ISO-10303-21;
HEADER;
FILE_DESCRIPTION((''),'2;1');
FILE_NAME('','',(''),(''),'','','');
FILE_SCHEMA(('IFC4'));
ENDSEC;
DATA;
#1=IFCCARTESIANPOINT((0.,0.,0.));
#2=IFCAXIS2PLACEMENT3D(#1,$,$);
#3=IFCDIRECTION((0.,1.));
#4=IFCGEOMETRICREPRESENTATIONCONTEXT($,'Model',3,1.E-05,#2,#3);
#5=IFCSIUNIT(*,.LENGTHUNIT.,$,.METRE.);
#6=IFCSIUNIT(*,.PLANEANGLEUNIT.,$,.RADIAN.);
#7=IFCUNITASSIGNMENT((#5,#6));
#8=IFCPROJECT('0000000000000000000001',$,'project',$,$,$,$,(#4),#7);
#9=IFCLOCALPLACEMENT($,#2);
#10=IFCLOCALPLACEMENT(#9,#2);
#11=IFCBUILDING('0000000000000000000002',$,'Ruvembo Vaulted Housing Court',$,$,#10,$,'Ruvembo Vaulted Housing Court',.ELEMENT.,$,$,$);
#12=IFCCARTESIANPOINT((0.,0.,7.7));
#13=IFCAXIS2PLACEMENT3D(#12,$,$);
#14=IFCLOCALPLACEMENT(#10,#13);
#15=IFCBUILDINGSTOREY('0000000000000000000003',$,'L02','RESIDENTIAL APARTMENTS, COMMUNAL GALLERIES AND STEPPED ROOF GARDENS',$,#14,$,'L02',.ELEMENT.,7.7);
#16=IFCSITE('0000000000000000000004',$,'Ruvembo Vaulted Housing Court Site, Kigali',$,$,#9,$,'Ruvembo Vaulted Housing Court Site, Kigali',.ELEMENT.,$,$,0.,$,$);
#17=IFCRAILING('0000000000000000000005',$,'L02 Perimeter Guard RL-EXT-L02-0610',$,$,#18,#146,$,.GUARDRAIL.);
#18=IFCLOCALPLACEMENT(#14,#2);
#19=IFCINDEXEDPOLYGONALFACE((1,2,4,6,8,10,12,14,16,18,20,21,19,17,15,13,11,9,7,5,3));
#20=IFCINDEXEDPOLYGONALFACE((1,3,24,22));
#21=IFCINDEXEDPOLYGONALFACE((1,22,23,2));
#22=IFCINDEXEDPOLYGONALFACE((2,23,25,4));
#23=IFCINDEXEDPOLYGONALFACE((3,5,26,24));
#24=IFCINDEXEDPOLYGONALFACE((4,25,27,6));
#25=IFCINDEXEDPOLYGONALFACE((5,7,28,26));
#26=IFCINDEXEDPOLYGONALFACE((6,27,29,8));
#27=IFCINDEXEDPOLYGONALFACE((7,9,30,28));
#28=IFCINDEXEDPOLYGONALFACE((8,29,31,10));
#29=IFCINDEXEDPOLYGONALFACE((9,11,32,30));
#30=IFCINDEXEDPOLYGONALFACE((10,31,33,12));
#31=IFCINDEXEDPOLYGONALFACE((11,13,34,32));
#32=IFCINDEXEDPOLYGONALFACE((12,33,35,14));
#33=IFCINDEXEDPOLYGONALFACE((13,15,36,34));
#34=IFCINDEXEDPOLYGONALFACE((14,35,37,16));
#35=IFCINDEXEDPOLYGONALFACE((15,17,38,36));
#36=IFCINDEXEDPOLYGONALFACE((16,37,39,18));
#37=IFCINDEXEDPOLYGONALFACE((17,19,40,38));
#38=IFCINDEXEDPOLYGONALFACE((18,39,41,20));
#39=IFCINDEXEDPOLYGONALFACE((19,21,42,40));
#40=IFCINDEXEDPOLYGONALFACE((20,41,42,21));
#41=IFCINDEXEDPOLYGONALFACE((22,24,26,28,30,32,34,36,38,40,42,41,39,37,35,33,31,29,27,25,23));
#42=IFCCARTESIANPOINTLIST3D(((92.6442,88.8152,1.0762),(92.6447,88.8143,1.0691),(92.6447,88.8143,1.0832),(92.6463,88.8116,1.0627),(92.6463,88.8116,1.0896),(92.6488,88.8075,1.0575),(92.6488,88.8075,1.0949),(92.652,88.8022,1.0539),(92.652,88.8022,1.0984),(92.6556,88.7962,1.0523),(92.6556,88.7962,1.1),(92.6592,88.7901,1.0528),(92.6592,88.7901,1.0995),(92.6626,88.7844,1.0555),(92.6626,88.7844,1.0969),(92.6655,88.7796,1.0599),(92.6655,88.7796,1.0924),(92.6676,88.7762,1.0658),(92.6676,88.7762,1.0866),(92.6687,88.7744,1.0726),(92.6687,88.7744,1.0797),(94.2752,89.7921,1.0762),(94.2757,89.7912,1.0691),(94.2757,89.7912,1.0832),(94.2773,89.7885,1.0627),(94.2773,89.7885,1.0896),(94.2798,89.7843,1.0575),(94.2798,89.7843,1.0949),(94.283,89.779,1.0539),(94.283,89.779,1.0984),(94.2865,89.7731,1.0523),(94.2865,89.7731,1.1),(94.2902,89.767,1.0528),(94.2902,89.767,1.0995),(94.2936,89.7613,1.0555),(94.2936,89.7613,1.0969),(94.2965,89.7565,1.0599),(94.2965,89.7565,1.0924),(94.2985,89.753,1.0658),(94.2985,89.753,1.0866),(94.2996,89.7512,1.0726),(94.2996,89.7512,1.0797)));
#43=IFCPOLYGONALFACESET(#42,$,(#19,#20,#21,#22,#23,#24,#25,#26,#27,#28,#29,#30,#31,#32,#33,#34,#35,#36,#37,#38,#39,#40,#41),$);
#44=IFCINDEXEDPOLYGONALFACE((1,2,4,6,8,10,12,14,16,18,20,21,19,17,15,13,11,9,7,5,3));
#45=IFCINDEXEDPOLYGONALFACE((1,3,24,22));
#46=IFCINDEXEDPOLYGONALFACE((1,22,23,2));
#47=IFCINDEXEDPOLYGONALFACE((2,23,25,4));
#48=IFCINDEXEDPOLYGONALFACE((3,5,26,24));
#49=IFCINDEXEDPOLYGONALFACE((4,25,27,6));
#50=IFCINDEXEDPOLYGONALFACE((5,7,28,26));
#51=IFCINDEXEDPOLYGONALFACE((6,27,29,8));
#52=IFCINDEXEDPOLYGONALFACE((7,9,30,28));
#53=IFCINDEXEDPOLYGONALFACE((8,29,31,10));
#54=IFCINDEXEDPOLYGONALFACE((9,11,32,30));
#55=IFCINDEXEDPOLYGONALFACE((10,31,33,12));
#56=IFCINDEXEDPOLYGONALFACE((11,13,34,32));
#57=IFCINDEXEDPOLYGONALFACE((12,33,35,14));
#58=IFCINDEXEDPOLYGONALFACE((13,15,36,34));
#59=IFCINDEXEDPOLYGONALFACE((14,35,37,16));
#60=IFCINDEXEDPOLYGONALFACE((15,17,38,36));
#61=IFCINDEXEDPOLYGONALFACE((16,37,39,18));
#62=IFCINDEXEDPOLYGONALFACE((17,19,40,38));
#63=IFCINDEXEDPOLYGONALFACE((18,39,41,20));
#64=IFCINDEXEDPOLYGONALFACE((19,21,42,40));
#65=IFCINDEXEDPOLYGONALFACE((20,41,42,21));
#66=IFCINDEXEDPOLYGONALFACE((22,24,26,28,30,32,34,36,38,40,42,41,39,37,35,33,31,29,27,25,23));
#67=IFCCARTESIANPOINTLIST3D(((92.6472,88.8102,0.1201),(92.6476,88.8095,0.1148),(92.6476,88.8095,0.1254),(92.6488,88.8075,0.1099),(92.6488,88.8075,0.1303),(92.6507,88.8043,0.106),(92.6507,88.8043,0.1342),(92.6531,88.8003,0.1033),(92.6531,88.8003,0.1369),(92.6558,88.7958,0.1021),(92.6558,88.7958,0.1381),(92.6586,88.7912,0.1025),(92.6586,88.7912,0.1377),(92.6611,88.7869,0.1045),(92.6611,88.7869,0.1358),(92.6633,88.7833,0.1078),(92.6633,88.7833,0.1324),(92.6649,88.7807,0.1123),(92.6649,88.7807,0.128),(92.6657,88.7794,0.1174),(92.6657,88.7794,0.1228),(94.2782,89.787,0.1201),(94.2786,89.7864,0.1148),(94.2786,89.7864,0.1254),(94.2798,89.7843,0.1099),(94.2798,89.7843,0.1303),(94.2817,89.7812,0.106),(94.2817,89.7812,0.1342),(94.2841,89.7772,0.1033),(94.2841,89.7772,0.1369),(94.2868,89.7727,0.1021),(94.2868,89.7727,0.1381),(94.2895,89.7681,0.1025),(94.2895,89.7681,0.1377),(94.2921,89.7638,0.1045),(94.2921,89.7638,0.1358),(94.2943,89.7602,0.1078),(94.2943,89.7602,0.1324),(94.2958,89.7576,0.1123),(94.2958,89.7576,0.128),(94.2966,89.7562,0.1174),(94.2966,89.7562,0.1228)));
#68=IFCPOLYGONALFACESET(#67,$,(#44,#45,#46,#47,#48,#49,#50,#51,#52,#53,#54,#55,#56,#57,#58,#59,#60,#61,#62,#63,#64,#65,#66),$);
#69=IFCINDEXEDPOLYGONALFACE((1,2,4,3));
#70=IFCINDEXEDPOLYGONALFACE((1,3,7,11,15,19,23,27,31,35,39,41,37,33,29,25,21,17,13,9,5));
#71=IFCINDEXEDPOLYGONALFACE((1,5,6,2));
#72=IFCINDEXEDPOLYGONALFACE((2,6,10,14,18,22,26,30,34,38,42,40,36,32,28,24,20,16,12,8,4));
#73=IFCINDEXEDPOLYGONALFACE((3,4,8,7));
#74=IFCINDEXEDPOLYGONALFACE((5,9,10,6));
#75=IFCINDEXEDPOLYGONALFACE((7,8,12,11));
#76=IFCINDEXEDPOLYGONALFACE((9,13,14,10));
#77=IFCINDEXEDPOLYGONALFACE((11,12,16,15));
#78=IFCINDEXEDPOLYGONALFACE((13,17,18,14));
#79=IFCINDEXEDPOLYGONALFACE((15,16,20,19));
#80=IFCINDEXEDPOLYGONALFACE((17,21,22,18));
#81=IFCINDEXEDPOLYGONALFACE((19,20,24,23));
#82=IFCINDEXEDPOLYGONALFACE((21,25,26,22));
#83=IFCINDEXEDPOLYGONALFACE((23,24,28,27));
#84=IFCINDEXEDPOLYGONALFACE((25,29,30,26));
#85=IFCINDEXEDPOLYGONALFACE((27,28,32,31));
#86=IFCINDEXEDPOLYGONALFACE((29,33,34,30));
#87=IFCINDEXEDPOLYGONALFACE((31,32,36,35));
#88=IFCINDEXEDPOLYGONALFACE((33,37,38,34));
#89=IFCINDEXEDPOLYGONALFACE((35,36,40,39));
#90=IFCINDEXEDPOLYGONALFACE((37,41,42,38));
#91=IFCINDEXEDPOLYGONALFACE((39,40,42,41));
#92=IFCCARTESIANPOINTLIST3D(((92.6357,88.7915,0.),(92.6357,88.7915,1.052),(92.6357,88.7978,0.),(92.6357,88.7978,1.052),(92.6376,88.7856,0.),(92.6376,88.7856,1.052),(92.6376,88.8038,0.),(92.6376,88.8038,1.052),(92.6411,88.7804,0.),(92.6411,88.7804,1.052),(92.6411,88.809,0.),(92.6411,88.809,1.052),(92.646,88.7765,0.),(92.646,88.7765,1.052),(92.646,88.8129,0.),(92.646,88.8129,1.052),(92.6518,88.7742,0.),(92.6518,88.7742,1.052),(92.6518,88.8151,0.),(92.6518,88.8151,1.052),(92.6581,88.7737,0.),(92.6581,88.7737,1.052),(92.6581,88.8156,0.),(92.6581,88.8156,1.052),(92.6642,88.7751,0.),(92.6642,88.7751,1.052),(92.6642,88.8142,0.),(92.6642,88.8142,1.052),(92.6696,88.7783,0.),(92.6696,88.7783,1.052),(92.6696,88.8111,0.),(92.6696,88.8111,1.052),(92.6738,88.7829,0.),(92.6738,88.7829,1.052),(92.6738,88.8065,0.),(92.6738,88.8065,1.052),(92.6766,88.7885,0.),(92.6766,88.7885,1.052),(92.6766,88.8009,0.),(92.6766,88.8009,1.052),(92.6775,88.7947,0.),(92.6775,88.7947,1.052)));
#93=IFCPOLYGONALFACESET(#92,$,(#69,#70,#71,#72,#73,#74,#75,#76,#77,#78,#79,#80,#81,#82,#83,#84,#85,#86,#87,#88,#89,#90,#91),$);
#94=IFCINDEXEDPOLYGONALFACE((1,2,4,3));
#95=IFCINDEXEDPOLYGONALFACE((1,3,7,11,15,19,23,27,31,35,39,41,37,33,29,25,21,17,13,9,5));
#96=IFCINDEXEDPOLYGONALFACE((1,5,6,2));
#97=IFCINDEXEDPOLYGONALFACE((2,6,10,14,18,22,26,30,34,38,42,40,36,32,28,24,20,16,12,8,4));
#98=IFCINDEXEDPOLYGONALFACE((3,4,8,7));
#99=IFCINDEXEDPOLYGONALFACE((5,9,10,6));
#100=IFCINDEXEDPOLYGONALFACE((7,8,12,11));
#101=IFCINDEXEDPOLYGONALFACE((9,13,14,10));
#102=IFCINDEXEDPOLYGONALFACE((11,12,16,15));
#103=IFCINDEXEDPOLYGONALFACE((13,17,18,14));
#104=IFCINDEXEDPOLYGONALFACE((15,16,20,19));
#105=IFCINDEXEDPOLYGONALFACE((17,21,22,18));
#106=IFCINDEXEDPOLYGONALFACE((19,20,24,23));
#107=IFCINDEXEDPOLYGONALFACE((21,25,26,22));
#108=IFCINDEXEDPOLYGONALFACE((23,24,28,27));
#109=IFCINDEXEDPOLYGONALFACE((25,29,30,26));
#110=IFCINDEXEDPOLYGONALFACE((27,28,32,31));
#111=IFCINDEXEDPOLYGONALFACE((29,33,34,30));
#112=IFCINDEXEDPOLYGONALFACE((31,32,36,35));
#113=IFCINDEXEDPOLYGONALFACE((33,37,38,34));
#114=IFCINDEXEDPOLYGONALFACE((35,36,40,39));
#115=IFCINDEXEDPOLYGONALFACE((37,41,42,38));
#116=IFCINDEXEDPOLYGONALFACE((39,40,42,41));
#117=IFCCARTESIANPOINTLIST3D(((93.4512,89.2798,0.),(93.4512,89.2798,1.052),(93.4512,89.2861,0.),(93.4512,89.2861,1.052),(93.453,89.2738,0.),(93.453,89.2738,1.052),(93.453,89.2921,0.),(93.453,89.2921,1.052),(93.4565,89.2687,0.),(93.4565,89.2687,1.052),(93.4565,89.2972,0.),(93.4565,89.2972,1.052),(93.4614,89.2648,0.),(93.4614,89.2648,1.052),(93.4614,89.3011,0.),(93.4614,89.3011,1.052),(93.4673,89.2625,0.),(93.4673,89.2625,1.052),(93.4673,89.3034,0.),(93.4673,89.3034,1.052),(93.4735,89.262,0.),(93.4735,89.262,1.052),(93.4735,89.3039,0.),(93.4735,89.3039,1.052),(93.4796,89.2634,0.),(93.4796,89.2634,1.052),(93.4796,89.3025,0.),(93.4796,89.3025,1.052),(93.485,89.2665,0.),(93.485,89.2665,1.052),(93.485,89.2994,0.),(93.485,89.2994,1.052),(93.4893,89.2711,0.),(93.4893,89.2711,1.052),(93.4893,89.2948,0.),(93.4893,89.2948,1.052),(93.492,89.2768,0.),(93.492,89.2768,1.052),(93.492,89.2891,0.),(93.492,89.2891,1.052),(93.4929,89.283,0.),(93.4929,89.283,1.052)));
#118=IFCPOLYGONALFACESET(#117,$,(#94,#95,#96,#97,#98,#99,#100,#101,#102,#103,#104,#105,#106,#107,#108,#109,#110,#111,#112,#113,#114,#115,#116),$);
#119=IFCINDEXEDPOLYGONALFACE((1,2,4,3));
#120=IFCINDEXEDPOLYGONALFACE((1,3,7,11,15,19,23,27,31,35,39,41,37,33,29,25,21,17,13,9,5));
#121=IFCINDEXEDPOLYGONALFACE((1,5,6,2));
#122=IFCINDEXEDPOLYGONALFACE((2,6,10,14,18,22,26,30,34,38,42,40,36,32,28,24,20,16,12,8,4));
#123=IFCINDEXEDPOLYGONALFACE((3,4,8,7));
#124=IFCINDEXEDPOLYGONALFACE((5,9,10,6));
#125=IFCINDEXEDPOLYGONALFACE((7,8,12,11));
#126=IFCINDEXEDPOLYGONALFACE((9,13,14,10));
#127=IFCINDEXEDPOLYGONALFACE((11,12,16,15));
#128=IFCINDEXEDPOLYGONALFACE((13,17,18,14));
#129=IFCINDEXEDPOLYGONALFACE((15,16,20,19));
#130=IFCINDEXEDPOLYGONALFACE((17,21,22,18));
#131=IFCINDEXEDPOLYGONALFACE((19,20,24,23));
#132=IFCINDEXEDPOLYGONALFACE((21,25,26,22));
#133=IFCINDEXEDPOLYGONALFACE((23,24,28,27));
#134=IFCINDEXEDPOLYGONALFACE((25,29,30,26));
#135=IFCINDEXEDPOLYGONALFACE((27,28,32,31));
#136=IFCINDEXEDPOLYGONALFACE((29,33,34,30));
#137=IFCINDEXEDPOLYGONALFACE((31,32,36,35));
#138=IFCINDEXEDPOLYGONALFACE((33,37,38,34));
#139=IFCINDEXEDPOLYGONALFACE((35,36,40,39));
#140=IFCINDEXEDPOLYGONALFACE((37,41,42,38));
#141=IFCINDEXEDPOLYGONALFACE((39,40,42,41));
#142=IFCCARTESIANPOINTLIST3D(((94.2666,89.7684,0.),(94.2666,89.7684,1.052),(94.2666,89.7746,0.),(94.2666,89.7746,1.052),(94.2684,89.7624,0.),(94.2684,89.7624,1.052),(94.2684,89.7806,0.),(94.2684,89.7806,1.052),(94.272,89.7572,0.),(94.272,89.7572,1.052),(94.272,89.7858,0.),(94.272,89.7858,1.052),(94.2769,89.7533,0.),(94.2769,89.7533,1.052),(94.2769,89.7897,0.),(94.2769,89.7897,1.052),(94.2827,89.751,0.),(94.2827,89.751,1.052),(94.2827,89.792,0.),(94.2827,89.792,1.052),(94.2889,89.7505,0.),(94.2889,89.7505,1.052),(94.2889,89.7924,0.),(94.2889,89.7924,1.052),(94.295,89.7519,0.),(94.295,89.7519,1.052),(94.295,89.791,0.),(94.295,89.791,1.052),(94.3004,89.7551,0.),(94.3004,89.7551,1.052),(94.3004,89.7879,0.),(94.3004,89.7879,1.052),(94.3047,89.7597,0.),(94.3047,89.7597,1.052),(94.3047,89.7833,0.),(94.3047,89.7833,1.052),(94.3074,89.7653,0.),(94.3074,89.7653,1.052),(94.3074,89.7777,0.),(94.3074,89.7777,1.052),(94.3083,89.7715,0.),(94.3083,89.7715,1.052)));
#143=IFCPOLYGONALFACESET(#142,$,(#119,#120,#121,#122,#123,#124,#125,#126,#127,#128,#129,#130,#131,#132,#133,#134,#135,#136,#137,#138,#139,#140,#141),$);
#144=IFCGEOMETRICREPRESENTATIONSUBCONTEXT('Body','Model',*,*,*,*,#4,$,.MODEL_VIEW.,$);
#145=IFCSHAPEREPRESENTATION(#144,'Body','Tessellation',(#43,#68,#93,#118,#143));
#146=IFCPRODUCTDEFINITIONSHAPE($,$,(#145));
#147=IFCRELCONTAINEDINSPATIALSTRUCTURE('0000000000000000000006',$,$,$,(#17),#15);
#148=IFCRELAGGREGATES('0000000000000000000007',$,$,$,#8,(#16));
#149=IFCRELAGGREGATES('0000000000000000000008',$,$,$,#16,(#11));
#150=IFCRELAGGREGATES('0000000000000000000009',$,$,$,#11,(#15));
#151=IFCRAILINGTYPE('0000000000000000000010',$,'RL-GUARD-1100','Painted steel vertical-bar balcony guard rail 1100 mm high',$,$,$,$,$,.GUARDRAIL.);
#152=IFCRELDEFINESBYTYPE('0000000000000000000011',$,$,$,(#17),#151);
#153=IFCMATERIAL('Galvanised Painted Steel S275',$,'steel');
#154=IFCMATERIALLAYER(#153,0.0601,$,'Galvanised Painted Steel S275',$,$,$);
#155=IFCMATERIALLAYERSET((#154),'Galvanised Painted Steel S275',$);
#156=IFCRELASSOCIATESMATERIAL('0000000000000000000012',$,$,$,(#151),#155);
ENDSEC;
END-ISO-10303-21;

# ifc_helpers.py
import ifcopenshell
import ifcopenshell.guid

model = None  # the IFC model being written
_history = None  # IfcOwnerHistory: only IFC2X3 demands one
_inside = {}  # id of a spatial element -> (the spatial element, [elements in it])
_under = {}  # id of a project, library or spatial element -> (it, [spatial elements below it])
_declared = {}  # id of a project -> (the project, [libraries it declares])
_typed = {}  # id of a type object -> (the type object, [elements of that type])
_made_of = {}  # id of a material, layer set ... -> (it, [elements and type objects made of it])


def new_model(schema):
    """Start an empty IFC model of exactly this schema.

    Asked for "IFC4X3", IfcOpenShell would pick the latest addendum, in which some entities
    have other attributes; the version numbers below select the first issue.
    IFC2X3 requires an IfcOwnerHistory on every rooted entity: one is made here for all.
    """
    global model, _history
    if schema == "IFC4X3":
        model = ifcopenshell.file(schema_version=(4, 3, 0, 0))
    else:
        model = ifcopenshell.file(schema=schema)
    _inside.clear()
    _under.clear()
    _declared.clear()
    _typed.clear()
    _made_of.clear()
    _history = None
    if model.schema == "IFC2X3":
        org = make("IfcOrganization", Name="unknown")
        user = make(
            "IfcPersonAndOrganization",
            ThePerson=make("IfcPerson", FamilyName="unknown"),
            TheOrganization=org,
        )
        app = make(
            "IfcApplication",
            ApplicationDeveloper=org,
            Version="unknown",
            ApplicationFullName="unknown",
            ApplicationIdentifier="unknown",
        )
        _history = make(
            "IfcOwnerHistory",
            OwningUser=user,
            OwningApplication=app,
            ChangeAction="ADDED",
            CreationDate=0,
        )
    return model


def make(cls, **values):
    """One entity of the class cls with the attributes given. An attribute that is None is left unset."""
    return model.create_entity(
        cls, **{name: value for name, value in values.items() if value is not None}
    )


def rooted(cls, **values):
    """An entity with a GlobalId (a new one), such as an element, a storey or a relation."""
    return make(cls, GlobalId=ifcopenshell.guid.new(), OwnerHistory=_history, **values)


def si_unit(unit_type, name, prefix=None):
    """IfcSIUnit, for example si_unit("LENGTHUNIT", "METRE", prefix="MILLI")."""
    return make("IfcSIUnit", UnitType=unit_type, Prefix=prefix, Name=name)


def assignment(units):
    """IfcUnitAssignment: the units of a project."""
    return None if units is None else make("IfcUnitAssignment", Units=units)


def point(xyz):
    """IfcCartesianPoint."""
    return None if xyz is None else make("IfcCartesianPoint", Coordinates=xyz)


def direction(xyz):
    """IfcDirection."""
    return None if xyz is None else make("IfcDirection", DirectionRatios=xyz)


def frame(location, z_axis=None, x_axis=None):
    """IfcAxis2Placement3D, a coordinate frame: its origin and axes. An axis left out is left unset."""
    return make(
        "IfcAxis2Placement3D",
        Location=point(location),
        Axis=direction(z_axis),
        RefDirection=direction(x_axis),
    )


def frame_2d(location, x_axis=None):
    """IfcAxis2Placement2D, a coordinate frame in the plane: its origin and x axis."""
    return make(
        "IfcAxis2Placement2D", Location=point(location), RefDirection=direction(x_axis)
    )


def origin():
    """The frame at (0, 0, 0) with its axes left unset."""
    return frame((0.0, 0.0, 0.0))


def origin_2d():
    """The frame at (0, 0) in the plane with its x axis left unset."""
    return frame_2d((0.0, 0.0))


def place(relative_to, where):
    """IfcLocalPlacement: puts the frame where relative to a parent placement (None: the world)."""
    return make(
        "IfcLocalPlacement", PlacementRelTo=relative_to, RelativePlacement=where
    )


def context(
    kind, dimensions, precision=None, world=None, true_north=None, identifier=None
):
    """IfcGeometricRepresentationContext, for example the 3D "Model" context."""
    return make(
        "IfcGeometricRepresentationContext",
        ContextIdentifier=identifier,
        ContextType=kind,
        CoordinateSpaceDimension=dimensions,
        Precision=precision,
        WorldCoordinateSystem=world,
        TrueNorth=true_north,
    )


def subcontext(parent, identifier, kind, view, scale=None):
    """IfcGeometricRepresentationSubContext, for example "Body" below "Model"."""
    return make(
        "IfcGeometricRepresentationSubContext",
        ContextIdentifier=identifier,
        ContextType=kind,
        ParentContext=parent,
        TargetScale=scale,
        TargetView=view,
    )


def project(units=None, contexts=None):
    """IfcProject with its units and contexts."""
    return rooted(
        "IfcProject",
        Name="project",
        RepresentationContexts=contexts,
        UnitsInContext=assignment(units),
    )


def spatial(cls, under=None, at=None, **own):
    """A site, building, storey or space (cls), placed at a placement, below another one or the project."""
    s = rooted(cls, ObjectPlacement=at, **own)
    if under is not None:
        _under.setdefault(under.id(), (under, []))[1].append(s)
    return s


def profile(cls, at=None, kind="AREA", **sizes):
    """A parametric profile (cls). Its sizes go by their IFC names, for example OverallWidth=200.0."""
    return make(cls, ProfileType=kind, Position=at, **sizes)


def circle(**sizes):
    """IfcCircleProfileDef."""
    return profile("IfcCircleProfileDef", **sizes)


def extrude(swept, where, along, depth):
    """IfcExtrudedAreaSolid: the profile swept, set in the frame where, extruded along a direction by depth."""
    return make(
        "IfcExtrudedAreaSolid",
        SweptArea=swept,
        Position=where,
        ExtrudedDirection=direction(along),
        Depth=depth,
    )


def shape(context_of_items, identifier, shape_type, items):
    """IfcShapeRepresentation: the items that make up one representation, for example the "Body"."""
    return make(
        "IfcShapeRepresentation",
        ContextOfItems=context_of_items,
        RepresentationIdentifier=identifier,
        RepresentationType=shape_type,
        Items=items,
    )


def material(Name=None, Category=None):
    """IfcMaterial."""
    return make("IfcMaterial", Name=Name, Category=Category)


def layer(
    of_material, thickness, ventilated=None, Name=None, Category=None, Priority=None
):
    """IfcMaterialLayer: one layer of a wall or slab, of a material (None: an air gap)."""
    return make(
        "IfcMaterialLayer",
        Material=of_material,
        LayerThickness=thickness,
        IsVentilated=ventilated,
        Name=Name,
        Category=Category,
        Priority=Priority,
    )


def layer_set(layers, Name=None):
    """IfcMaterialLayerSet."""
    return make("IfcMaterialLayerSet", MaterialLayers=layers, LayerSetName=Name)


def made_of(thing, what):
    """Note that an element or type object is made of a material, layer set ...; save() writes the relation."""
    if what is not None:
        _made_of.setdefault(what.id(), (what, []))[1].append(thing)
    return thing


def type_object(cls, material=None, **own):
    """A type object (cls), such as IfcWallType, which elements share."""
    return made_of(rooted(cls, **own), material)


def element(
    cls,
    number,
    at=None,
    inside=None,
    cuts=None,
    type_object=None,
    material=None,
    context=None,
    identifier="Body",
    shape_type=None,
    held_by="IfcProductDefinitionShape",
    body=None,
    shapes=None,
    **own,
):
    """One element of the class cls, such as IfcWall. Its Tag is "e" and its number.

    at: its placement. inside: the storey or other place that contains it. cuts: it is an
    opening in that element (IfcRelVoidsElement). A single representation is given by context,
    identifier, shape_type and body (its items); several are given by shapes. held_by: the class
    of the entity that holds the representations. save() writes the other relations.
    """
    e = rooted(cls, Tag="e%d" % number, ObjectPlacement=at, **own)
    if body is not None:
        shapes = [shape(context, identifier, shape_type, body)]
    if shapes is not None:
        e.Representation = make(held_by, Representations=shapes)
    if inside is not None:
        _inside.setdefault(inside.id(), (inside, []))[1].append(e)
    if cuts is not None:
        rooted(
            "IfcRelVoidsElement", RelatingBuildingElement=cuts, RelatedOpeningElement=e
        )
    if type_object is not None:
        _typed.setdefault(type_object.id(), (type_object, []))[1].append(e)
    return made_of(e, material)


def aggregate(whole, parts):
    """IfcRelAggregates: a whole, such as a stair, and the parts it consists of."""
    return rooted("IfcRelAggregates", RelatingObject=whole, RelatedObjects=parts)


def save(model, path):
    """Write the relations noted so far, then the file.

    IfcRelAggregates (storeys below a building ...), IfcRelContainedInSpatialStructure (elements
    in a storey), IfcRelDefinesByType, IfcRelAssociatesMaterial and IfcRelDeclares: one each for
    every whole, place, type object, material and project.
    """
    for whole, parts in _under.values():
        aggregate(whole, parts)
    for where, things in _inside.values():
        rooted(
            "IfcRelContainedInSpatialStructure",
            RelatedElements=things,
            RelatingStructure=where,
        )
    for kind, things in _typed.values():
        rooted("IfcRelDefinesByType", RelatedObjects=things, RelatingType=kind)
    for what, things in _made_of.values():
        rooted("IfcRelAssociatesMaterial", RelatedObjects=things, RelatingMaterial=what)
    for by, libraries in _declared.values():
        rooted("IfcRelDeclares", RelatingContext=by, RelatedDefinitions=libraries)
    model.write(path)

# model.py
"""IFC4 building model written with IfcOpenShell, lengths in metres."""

from ifc_helpers import new_model, si_unit, direction, frame, origin, origin_2d, place, context, subcontext, project, spatial, circle, extrude, material, layer, layer_set, type_object, element, save


model = new_model("IFC4")

# Units and contexts
model_context = context("Model", 3, precision=1e-05, world=origin(), true_north=direction((0.0, 1.0)))
body_context = subcontext(model_context, "Body", "Model", "MODEL_VIEW")
ifc_project = project(units=[si_unit("LENGTHUNIT", "METRE"), si_unit("PLANEANGLEUNIT", "RADIAN")], contexts=[model_context])

# Site, building, storey
site_placement = place(None, origin())
site = spatial("IfcSite", under=ifc_project, at=site_placement, Name="Ruvembo Vaulted Housing Court Site, Kigali", LongName="Ruvembo Vaulted Housing Court Site, Kigali", CompositionType="ELEMENT", RefElevation=0.0)
building_placement = place(site_placement, origin())
building = spatial("IfcBuilding", under=site, at=building_placement, Name="Ruvembo Vaulted Housing Court", LongName="Ruvembo Vaulted Housing Court", CompositionType="ELEMENT")
storey_placement = place(building_placement, frame((0.0, 0.0, 7.7)))
storey = spatial("IfcBuildingStorey", under=building, at=storey_placement, Name="L02", Description="RESIDENTIAL APARTMENTS, COMMUNAL GALLERIES AND STEPPED ROOF GARDENS", LongName="L02", CompositionType="ELEMENT", Elevation=7.7)

# Railing
ifc_material_1 = material(Name="Galvanised Painted Steel S275", Category="steel")
ifc_layer_1 = layer(ifc_material_1, 0.0601, Name="Galvanised Painted Steel S275")
ifc_layer_set_1 = layer_set([ifc_layer_1], Name="Galvanised Painted Steel S275")
railing_type = type_object("IfcRailingType", Name="RL-GUARD-1100", Description="Painted steel vertical-bar balcony guard rail 1100 mm high", PredefinedType="GUARDRAIL", material=ifc_layer_set_1)
railing_1_placement = place(storey_placement, frame((92.6565, 88.7947, 0.0)))
element("IfcRailing", 1, at=railing_1_placement, inside=storey, type_object=railing_type, Name="L02 Perimeter Guard RL-EXT-L02-0610", PredefinedType="GUARDRAIL", context=body_context, shape_type="SweptSolid", body=[
    extrude(circle(Radius=0.0239, at=origin_2d()), frame((0.0, 0.0, 1.0762), z_axis=(0.857889, 0.513835, 0.0), x_axis=(-0.513835, 0.857889, 0.0)), (0.0, 0.0, 1.0), 1.9011),
    extrude(circle(Radius=0.0181, at=origin_2d()), frame((0.0, 0.0, 0.1201), z_axis=(0.857889, 0.513835, 0.0), x_axis=(-0.513835, 0.857889, 0.0)), (0.0, 0.0, 1.0), 1.9011),
    extrude(circle(Radius=0.021, at=origin_2d()), origin(), (0.0, 0.0, 1.0), 1.052),
    extrude(circle(Radius=0.021, at=origin_2d()), frame((0.8154, 0.4883, 0.0)), (0.0, 0.0, 1.0), 1.052),
    extrude(circle(Radius=0.021, at=origin_2d()), frame((1.6309, 0.9768, 0.0)), (0.0, 0.0, 1.0), 1.052),
])

save(model, "model.ifc")
